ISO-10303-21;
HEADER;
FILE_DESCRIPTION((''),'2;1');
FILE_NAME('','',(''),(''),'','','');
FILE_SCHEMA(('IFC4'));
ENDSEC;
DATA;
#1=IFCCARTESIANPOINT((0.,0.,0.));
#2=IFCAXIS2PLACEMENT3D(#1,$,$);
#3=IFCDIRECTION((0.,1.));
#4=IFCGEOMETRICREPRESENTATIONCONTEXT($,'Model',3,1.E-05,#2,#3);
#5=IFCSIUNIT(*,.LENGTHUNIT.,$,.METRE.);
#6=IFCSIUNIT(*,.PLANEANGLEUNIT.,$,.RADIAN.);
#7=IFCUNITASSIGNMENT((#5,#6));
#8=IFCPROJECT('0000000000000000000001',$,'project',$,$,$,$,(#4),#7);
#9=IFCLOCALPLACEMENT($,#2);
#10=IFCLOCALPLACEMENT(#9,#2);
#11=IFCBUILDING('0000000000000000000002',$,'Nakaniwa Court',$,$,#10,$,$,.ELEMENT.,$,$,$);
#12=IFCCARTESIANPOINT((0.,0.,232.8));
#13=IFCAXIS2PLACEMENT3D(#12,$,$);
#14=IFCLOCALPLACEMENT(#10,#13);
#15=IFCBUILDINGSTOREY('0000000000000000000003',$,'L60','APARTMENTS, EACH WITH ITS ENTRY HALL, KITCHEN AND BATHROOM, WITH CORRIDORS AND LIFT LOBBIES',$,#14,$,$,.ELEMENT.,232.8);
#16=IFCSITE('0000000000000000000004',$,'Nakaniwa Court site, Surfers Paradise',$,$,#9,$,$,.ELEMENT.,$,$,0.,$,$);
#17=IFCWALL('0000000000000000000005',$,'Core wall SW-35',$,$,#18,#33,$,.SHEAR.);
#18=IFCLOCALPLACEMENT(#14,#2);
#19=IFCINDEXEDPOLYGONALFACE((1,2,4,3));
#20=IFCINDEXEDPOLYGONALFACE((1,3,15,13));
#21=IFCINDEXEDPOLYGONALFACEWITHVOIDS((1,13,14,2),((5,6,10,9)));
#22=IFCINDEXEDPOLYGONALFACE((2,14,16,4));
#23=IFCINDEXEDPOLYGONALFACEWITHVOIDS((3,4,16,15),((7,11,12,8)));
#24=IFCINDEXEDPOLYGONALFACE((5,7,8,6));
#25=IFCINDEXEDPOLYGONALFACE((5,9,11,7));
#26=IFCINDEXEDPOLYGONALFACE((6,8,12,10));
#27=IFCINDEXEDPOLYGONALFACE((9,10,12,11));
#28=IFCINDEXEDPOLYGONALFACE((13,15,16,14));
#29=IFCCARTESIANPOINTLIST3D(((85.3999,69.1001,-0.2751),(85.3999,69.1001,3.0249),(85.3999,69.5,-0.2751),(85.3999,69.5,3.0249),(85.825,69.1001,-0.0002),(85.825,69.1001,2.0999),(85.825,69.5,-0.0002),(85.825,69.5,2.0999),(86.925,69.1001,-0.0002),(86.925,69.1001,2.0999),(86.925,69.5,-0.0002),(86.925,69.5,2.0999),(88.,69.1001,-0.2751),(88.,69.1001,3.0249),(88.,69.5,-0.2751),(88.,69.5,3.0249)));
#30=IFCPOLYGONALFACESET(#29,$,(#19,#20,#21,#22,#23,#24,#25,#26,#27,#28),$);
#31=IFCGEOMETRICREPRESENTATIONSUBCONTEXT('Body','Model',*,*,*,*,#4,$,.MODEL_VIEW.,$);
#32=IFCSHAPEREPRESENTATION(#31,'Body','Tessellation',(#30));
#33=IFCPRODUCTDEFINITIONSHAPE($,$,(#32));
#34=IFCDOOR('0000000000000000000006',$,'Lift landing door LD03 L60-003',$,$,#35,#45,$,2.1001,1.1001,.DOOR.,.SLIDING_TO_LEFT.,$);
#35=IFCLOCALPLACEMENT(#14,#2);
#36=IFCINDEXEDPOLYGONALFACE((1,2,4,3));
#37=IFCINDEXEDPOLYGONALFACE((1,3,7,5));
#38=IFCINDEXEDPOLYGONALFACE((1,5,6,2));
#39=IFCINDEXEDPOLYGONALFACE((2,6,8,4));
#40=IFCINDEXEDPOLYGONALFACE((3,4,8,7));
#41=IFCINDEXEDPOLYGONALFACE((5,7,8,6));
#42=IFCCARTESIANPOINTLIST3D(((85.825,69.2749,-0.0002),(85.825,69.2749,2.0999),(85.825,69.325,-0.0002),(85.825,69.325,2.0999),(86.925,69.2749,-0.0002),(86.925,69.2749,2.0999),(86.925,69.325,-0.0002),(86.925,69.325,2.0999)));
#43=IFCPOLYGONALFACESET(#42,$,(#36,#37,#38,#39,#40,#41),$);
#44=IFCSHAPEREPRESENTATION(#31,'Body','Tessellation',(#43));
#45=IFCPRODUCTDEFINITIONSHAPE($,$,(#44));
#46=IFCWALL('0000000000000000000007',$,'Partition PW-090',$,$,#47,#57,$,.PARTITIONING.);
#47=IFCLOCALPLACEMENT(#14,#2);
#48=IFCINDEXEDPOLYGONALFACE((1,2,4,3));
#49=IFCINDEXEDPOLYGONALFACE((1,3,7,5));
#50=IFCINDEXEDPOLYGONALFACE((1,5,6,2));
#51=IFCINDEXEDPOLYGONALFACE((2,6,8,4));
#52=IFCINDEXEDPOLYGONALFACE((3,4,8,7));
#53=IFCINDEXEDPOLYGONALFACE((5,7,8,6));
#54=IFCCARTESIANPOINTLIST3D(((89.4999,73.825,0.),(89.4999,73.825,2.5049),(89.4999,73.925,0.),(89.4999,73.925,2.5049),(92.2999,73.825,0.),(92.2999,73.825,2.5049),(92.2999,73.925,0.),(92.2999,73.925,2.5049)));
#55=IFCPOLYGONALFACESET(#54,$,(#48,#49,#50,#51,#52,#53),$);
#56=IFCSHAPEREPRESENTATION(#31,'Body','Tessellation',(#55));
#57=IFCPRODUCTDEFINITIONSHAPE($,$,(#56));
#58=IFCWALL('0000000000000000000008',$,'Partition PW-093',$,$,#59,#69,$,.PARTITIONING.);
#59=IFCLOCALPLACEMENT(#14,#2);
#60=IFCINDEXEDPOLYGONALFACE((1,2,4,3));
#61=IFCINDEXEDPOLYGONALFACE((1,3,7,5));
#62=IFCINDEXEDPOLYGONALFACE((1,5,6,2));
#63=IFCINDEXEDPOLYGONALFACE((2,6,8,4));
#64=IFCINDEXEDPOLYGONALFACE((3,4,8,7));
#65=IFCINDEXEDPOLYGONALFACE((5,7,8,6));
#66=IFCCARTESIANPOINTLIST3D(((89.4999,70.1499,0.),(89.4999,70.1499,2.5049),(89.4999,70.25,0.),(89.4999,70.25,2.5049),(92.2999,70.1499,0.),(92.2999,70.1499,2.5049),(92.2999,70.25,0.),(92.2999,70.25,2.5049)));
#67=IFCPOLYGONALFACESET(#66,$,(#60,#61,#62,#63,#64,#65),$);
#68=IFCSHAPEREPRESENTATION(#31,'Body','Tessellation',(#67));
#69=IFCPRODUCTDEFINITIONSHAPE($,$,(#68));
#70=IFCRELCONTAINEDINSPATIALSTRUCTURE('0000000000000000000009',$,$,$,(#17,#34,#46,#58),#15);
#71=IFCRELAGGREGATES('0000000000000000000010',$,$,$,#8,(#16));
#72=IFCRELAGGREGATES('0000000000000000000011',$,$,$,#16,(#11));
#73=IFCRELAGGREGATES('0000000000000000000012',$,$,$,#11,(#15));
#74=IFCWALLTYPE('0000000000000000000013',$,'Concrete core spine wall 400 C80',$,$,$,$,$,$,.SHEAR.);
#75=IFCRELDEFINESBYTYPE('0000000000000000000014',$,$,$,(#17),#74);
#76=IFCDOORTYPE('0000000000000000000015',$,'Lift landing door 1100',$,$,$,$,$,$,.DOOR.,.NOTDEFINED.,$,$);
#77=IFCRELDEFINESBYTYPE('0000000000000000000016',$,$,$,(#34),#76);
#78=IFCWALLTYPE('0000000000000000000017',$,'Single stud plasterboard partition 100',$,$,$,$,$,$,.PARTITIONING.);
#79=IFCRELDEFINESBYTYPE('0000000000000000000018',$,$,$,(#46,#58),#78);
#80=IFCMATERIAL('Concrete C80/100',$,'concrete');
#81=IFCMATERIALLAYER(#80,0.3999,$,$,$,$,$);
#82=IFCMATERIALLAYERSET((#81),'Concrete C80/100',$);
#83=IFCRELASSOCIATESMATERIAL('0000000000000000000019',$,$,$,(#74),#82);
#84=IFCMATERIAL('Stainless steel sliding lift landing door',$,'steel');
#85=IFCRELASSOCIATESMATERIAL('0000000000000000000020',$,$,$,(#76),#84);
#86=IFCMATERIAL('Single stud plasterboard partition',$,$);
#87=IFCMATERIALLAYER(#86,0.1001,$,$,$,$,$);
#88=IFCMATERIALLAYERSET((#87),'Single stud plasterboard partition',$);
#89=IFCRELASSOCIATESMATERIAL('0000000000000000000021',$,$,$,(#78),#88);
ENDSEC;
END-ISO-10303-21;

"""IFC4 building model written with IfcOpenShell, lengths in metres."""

from ifc_helpers import new_model, si_unit, direction, frame, frame_2d, origin, place, context, subcontext, project, spatial, rectangle, extrude, material, layer, layer_set, type_object, element, fill, save


model = new_model("IFC4")

# Units and contexts
model_context = context("Model", 3, precision=1e-05, world=origin(), true_north=direction((0.0, 1.0)))
body_context = subcontext(model_context, "Body", "Model", "MODEL_VIEW")
ifc_project = project(units=[si_unit("LENGTHUNIT", "METRE"), si_unit("PLANEANGLEUNIT", "RADIAN")], contexts=[model_context])

# Site, building, storey
site_placement = place(None, origin())
site = spatial("IfcSite", under=ifc_project, at=site_placement, Name="Nakaniwa Court site, Surfers Paradise", CompositionType="ELEMENT", RefElevation=0.0)
building_placement = place(site_placement, origin())
building = spatial("IfcBuilding", under=site, at=building_placement, Name="Nakaniwa Court", CompositionType="ELEMENT")
storey_placement = place(building_placement, frame((0.0, 0.0, 232.8)))
storey = spatial("IfcBuildingStorey", under=building, at=storey_placement, Name="L60", Description="APARTMENTS, EACH WITH ITS ENTRY HALL, KITCHEN AND BATHROOM, WITH CORRIDORS AND LIFT LOBBIES", CompositionType="ELEMENT", Elevation=232.8)

# Shared definitions
ifc_material_1 = material(Name="Concrete C80/100", Category="concrete")

# Wall, opening, door
ifc_layer_1 = layer(ifc_material_1, 0.3999)
ifc_layer_set_1 = layer_set([ifc_layer_1], Name="Concrete C80/100")
wall_type_1 = type_object("IfcWallType", Name="Concrete core spine wall 400 C80", PredefinedType="SHEAR", material=ifc_layer_set_1)
wall_1_placement = place(storey_placement, frame((85.3999, 69.3, -0.2751), z_axis=(0.0, 0.0, 1.0), x_axis=(1.0, 0.0, 0.0)))
wall_1 = element("IfcWall", 1, at=wall_1_placement, inside=storey, type_object=wall_type_1, Name="Core wall SW-35", PredefinedType="SHEAR", context=body_context, shape_type="SweptSolid", body=[
    extrude(rectangle(XDim=2.6001, YDim=0.3999, at=frame_2d((1.3, 0.0))), origin(), (0.0, 0.0, 1.0), 3.3),
])
opening_1_placement = place(wall_1_placement, frame((0.425, 0.0, 0.2749)))
opening_1 = element("IfcOpeningElement", 2, at=opening_1_placement, cuts=wall_1, PredefinedType="OPENING", context=body_context, shape_type="SweptSolid", body=[
    extrude(rectangle(XDim=1.1001, YDim=2.1001, at=frame_2d((0.55, 1.05))), frame((0.0, 0.21, 0.0), z_axis=(0.0, -1.0, 0.0), x_axis=(1.0, 0.0, 0.0)), (0.0, 0.0, 1.0), 0.4199),
])
ifc_material_2 = material(Name="Stainless steel sliding lift landing door", Category="steel")
door_type_1 = type_object("IfcDoorType", Name="Lift landing door 1100", OperationType="NOTDEFINED", PredefinedType="DOOR", material=ifc_material_2)
door_1_placement = place(opening_1_placement, origin())
door_1 = element("IfcDoor", 3, at=door_1_placement, inside=storey, type_object=door_type_1, Name="Lift landing door LD03 L60-003", OperationType="SLIDING_TO_LEFT", OverallHeight=2.1001, OverallWidth=1.1001, PredefinedType="DOOR", context=body_context, shape_type="SweptSolid", body=[
    extrude(rectangle(XDim=1.1001, YDim=2.1001, at=frame_2d((0.55, 1.05))), frame((0.0, 0.0249, 0.0), z_axis=(0.0, -1.0, 0.0), x_axis=(1.0, 0.0, 0.0)), (0.0, 0.0, 1.0), 0.05),
])
fill(opening_1, door_1)

# Walls
ifc_material_3 = material(Name="Single stud plasterboard partition")
ifc_layer_2 = layer(ifc_material_3, 0.1001)
ifc_layer_set_2 = layer_set([ifc_layer_2], Name="Single stud plasterboard partition")
wall_type_2 = type_object("IfcWallType", Name="Single stud plasterboard partition 100", PredefinedType="PARTITIONING", material=ifc_layer_set_2)
for number, where, z_axis, x_axis, name in (
    (4, (89.5, 73.875, 0.0), (0.0, 0.0, 1.0), (1.0, 0.0, 0.0), "Partition PW-090"),
    (5, (89.5, 70.2, 0.0), (0.0, 0.0, 1.0), (1.0, 0.0, 0.0), "Partition PW-093"),
):
    element("IfcWall", number, at=place(storey_placement, frame(where, z_axis=z_axis, x_axis=x_axis)), inside=storey, type_object=wall_type_2, Name=name, PredefinedType="PARTITIONING", context=body_context, shape_type="SweptSolid", body=[
        extrude(rectangle(XDim=2.8, YDim=0.1001, at=frame_2d((1.3999, 0.0))), origin(), (0.0, 0.0, 1.0), 2.5049),
    ])

save(model, "model.ifc")
